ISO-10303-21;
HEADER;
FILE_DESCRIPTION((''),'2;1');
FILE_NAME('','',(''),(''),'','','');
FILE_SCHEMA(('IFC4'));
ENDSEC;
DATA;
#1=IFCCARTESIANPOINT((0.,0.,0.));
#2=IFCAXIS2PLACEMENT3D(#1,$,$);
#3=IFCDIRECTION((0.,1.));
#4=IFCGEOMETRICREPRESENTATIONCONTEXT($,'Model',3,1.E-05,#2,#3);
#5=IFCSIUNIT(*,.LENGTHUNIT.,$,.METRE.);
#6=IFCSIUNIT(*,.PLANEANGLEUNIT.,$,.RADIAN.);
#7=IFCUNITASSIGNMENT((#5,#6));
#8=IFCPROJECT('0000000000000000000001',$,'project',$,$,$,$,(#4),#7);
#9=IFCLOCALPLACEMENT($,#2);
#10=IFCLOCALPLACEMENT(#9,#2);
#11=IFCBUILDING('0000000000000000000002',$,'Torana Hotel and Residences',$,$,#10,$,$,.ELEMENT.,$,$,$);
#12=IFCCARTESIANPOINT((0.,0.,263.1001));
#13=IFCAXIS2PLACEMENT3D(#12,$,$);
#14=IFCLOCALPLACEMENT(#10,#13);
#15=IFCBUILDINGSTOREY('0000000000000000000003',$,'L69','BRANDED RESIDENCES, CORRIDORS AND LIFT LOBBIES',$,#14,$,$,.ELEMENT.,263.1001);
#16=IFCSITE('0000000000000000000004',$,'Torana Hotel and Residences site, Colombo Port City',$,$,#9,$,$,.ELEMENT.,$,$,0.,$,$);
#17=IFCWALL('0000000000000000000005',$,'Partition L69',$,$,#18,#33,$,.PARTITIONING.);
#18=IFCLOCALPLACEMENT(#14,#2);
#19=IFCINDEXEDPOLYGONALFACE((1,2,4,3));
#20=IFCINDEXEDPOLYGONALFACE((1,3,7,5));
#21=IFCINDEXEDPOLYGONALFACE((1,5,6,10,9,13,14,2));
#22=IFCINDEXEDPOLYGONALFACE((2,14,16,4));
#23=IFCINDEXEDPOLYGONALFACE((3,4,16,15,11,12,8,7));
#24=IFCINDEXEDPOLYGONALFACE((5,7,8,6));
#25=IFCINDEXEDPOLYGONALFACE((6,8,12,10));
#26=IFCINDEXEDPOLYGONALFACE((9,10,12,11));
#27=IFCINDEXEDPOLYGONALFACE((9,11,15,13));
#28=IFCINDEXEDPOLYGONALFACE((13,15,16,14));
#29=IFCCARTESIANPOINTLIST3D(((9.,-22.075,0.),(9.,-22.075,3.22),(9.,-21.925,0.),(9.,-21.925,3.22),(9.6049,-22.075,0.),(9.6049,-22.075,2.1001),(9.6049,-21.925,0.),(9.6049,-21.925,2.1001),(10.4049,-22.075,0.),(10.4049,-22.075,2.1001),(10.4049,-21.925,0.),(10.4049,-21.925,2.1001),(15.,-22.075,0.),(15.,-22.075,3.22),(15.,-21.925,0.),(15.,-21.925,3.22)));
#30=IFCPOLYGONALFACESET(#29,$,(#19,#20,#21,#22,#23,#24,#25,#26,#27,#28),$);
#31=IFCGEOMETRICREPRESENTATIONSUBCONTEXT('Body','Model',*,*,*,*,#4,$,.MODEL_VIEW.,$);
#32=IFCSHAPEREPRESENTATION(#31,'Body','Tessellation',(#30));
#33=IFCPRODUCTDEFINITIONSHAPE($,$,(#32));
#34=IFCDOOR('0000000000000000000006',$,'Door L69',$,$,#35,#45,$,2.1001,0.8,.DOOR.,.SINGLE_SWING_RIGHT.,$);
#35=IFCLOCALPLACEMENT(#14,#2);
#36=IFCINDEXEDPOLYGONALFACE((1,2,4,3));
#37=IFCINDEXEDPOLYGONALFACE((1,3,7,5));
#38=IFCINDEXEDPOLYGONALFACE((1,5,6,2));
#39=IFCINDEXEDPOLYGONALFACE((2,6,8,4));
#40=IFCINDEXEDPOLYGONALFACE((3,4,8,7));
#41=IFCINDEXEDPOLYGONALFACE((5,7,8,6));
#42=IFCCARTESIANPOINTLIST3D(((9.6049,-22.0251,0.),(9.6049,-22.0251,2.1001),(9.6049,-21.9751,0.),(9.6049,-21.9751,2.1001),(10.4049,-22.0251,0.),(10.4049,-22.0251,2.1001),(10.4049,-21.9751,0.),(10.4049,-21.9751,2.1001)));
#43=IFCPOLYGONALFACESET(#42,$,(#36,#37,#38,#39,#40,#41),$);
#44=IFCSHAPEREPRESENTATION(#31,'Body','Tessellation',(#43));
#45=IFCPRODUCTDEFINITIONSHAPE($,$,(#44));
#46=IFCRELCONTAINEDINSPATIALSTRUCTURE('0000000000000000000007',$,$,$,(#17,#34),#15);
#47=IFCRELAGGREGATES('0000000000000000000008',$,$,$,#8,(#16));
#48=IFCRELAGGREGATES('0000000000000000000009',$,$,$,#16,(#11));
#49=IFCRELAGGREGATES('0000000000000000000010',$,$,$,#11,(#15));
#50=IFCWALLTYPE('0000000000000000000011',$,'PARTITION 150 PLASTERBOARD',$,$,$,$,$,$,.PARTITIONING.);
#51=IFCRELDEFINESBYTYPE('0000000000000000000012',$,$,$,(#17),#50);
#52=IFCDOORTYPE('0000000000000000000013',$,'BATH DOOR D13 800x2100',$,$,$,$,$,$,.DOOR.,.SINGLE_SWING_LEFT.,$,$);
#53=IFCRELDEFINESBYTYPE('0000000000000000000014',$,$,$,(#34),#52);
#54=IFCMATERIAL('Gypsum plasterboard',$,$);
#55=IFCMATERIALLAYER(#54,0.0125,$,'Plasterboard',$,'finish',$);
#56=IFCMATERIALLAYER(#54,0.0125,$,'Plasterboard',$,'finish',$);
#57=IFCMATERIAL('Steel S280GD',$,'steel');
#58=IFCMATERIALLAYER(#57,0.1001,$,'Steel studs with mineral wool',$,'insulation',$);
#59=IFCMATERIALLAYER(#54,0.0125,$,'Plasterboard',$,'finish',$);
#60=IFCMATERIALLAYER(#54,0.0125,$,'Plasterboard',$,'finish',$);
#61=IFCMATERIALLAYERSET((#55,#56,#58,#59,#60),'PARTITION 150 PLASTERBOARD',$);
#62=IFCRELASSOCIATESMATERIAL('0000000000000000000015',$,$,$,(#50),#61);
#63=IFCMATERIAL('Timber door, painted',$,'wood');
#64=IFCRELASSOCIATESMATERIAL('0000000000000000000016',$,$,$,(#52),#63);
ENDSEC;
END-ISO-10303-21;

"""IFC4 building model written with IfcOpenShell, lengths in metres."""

from ifc_helpers import new_model, si_unit, direction, frame, frame_2d, origin, place, context, subcontext, project, spatial, rectangle, extrude, material, layer, layer_set, type_object, element, fill, save


model = new_model("IFC4")

# Units and contexts
model_context = context("Model", 3, precision=1e-05, world=origin(), true_north=direction((0.0, 1.0)))
body_context = subcontext(model_context, "Body", "Model", "MODEL_VIEW")
ifc_project = project(units=[si_unit("LENGTHUNIT", "METRE"), si_unit("PLANEANGLEUNIT", "RADIAN")], contexts=[model_context])

# Site, building, storey
site_placement = place(None, origin())
site = spatial("IfcSite", under=ifc_project, at=site_placement, Name="Torana Hotel and Residences site, Colombo Port City", CompositionType="ELEMENT", RefElevation=0.0)
building_placement = place(site_placement, origin())
building = spatial("IfcBuilding", under=site, at=building_placement, Name="Torana Hotel and Residences", CompositionType="ELEMENT")
storey_placement = place(building_placement, frame((0.0, 0.0, 263.1001)))
storey = spatial("IfcBuildingStorey", under=building, at=storey_placement, Name="L69", Description="BRANDED RESIDENCES, CORRIDORS AND LIFT LOBBIES", CompositionType="ELEMENT", Elevation=263.1001)

# Shared definitions
ifc_material_1 = material(Name="Gypsum plasterboard")
ifc_layer_1 = layer(ifc_material_1, 0.0125, Name="Plasterboard", Category="finish")
ifc_layer_2 = layer(ifc_material_1, 0.0125, Name="Plasterboard", Category="finish")
ifc_material_2 = material(Name="Steel S280GD", Category="steel")
ifc_layer_3 = layer(ifc_material_2, 0.1001, Name="Steel studs with mineral wool", Category="insulation")
ifc_layer_4 = layer(ifc_material_1, 0.0125, Name="Plasterboard", Category="finish")
ifc_layer_5 = layer(ifc_material_1, 0.0125, Name="Plasterboard", Category="finish")
ifc_layer_set_1 = layer_set([ifc_layer_1, ifc_layer_2, ifc_layer_3, ifc_layer_4, ifc_layer_5], Name="PARTITION 150 PLASTERBOARD")
wall_type_1 = type_object("IfcWallType", Name="PARTITION 150 PLASTERBOARD", PredefinedType="PARTITIONING", material=ifc_layer_set_1)
ifc_material_3 = material(Name="Timber door, painted", Category="wood")
door_type_1 = type_object("IfcDoorType", Name="BATH DOOR D13 800x2100", OperationType="SINGLE_SWING_LEFT", PredefinedType="DOOR", material=ifc_material_3)

# Wall, opening, door
wall_1_placement = place(storey_placement, frame((9.0, -22.0, 0.0), z_axis=(0.0, 0.0, 1.0), x_axis=(1.0, 0.0, 0.0)))
wall_1 = element("IfcWall", 1, at=wall_1_placement, inside=storey, type_object=wall_type_1, Name="Partition L69", PredefinedType="PARTITIONING", context=body_context, shape_type="SweptSolid", body=[
    extrude(rectangle(XDim=6.0, YDim=0.1499, at=frame_2d((3.0, 0.0))), origin(), (0.0, 0.0, 1.0), 3.22),
])
opening_1_placement = place(wall_1_placement, frame((0.605, 0.0, 0.0)))
opening_1 = element("IfcOpeningElement", 2, at=opening_1_placement, cuts=wall_1, PredefinedType="OPENING", context=body_context, shape_type="SweptSolid", body=[
    extrude(rectangle(XDim=0.8, YDim=2.1001, at=frame_2d((0.3999, 1.05))), frame((0.0, 0.085, 0.0), z_axis=(0.0, -1.0, 0.0), x_axis=(1.0, 0.0, 0.0)), (0.0, 0.0, 1.0), 0.1699),
])
door_1_placement = place(opening_1_placement, origin())
door_1 = element("IfcDoor", 3, at=door_1_placement, inside=storey, type_object=door_type_1, Name="Door L69", OperationType="SINGLE_SWING_RIGHT", OverallHeight=2.1001, OverallWidth=0.8, PredefinedType="DOOR", context=body_context, shape_type="SweptSolid", body=[
    extrude(rectangle(XDim=0.8, YDim=2.1001, at=frame_2d((0.3999, 1.05))), frame((0.0, 0.0249, 0.0), z_axis=(0.0, -1.0, 0.0), x_axis=(1.0, 0.0, 0.0)), (0.0, 0.0, 1.0), 0.05),
])
fill(opening_1, door_1)

save(model, "model.ifc")
